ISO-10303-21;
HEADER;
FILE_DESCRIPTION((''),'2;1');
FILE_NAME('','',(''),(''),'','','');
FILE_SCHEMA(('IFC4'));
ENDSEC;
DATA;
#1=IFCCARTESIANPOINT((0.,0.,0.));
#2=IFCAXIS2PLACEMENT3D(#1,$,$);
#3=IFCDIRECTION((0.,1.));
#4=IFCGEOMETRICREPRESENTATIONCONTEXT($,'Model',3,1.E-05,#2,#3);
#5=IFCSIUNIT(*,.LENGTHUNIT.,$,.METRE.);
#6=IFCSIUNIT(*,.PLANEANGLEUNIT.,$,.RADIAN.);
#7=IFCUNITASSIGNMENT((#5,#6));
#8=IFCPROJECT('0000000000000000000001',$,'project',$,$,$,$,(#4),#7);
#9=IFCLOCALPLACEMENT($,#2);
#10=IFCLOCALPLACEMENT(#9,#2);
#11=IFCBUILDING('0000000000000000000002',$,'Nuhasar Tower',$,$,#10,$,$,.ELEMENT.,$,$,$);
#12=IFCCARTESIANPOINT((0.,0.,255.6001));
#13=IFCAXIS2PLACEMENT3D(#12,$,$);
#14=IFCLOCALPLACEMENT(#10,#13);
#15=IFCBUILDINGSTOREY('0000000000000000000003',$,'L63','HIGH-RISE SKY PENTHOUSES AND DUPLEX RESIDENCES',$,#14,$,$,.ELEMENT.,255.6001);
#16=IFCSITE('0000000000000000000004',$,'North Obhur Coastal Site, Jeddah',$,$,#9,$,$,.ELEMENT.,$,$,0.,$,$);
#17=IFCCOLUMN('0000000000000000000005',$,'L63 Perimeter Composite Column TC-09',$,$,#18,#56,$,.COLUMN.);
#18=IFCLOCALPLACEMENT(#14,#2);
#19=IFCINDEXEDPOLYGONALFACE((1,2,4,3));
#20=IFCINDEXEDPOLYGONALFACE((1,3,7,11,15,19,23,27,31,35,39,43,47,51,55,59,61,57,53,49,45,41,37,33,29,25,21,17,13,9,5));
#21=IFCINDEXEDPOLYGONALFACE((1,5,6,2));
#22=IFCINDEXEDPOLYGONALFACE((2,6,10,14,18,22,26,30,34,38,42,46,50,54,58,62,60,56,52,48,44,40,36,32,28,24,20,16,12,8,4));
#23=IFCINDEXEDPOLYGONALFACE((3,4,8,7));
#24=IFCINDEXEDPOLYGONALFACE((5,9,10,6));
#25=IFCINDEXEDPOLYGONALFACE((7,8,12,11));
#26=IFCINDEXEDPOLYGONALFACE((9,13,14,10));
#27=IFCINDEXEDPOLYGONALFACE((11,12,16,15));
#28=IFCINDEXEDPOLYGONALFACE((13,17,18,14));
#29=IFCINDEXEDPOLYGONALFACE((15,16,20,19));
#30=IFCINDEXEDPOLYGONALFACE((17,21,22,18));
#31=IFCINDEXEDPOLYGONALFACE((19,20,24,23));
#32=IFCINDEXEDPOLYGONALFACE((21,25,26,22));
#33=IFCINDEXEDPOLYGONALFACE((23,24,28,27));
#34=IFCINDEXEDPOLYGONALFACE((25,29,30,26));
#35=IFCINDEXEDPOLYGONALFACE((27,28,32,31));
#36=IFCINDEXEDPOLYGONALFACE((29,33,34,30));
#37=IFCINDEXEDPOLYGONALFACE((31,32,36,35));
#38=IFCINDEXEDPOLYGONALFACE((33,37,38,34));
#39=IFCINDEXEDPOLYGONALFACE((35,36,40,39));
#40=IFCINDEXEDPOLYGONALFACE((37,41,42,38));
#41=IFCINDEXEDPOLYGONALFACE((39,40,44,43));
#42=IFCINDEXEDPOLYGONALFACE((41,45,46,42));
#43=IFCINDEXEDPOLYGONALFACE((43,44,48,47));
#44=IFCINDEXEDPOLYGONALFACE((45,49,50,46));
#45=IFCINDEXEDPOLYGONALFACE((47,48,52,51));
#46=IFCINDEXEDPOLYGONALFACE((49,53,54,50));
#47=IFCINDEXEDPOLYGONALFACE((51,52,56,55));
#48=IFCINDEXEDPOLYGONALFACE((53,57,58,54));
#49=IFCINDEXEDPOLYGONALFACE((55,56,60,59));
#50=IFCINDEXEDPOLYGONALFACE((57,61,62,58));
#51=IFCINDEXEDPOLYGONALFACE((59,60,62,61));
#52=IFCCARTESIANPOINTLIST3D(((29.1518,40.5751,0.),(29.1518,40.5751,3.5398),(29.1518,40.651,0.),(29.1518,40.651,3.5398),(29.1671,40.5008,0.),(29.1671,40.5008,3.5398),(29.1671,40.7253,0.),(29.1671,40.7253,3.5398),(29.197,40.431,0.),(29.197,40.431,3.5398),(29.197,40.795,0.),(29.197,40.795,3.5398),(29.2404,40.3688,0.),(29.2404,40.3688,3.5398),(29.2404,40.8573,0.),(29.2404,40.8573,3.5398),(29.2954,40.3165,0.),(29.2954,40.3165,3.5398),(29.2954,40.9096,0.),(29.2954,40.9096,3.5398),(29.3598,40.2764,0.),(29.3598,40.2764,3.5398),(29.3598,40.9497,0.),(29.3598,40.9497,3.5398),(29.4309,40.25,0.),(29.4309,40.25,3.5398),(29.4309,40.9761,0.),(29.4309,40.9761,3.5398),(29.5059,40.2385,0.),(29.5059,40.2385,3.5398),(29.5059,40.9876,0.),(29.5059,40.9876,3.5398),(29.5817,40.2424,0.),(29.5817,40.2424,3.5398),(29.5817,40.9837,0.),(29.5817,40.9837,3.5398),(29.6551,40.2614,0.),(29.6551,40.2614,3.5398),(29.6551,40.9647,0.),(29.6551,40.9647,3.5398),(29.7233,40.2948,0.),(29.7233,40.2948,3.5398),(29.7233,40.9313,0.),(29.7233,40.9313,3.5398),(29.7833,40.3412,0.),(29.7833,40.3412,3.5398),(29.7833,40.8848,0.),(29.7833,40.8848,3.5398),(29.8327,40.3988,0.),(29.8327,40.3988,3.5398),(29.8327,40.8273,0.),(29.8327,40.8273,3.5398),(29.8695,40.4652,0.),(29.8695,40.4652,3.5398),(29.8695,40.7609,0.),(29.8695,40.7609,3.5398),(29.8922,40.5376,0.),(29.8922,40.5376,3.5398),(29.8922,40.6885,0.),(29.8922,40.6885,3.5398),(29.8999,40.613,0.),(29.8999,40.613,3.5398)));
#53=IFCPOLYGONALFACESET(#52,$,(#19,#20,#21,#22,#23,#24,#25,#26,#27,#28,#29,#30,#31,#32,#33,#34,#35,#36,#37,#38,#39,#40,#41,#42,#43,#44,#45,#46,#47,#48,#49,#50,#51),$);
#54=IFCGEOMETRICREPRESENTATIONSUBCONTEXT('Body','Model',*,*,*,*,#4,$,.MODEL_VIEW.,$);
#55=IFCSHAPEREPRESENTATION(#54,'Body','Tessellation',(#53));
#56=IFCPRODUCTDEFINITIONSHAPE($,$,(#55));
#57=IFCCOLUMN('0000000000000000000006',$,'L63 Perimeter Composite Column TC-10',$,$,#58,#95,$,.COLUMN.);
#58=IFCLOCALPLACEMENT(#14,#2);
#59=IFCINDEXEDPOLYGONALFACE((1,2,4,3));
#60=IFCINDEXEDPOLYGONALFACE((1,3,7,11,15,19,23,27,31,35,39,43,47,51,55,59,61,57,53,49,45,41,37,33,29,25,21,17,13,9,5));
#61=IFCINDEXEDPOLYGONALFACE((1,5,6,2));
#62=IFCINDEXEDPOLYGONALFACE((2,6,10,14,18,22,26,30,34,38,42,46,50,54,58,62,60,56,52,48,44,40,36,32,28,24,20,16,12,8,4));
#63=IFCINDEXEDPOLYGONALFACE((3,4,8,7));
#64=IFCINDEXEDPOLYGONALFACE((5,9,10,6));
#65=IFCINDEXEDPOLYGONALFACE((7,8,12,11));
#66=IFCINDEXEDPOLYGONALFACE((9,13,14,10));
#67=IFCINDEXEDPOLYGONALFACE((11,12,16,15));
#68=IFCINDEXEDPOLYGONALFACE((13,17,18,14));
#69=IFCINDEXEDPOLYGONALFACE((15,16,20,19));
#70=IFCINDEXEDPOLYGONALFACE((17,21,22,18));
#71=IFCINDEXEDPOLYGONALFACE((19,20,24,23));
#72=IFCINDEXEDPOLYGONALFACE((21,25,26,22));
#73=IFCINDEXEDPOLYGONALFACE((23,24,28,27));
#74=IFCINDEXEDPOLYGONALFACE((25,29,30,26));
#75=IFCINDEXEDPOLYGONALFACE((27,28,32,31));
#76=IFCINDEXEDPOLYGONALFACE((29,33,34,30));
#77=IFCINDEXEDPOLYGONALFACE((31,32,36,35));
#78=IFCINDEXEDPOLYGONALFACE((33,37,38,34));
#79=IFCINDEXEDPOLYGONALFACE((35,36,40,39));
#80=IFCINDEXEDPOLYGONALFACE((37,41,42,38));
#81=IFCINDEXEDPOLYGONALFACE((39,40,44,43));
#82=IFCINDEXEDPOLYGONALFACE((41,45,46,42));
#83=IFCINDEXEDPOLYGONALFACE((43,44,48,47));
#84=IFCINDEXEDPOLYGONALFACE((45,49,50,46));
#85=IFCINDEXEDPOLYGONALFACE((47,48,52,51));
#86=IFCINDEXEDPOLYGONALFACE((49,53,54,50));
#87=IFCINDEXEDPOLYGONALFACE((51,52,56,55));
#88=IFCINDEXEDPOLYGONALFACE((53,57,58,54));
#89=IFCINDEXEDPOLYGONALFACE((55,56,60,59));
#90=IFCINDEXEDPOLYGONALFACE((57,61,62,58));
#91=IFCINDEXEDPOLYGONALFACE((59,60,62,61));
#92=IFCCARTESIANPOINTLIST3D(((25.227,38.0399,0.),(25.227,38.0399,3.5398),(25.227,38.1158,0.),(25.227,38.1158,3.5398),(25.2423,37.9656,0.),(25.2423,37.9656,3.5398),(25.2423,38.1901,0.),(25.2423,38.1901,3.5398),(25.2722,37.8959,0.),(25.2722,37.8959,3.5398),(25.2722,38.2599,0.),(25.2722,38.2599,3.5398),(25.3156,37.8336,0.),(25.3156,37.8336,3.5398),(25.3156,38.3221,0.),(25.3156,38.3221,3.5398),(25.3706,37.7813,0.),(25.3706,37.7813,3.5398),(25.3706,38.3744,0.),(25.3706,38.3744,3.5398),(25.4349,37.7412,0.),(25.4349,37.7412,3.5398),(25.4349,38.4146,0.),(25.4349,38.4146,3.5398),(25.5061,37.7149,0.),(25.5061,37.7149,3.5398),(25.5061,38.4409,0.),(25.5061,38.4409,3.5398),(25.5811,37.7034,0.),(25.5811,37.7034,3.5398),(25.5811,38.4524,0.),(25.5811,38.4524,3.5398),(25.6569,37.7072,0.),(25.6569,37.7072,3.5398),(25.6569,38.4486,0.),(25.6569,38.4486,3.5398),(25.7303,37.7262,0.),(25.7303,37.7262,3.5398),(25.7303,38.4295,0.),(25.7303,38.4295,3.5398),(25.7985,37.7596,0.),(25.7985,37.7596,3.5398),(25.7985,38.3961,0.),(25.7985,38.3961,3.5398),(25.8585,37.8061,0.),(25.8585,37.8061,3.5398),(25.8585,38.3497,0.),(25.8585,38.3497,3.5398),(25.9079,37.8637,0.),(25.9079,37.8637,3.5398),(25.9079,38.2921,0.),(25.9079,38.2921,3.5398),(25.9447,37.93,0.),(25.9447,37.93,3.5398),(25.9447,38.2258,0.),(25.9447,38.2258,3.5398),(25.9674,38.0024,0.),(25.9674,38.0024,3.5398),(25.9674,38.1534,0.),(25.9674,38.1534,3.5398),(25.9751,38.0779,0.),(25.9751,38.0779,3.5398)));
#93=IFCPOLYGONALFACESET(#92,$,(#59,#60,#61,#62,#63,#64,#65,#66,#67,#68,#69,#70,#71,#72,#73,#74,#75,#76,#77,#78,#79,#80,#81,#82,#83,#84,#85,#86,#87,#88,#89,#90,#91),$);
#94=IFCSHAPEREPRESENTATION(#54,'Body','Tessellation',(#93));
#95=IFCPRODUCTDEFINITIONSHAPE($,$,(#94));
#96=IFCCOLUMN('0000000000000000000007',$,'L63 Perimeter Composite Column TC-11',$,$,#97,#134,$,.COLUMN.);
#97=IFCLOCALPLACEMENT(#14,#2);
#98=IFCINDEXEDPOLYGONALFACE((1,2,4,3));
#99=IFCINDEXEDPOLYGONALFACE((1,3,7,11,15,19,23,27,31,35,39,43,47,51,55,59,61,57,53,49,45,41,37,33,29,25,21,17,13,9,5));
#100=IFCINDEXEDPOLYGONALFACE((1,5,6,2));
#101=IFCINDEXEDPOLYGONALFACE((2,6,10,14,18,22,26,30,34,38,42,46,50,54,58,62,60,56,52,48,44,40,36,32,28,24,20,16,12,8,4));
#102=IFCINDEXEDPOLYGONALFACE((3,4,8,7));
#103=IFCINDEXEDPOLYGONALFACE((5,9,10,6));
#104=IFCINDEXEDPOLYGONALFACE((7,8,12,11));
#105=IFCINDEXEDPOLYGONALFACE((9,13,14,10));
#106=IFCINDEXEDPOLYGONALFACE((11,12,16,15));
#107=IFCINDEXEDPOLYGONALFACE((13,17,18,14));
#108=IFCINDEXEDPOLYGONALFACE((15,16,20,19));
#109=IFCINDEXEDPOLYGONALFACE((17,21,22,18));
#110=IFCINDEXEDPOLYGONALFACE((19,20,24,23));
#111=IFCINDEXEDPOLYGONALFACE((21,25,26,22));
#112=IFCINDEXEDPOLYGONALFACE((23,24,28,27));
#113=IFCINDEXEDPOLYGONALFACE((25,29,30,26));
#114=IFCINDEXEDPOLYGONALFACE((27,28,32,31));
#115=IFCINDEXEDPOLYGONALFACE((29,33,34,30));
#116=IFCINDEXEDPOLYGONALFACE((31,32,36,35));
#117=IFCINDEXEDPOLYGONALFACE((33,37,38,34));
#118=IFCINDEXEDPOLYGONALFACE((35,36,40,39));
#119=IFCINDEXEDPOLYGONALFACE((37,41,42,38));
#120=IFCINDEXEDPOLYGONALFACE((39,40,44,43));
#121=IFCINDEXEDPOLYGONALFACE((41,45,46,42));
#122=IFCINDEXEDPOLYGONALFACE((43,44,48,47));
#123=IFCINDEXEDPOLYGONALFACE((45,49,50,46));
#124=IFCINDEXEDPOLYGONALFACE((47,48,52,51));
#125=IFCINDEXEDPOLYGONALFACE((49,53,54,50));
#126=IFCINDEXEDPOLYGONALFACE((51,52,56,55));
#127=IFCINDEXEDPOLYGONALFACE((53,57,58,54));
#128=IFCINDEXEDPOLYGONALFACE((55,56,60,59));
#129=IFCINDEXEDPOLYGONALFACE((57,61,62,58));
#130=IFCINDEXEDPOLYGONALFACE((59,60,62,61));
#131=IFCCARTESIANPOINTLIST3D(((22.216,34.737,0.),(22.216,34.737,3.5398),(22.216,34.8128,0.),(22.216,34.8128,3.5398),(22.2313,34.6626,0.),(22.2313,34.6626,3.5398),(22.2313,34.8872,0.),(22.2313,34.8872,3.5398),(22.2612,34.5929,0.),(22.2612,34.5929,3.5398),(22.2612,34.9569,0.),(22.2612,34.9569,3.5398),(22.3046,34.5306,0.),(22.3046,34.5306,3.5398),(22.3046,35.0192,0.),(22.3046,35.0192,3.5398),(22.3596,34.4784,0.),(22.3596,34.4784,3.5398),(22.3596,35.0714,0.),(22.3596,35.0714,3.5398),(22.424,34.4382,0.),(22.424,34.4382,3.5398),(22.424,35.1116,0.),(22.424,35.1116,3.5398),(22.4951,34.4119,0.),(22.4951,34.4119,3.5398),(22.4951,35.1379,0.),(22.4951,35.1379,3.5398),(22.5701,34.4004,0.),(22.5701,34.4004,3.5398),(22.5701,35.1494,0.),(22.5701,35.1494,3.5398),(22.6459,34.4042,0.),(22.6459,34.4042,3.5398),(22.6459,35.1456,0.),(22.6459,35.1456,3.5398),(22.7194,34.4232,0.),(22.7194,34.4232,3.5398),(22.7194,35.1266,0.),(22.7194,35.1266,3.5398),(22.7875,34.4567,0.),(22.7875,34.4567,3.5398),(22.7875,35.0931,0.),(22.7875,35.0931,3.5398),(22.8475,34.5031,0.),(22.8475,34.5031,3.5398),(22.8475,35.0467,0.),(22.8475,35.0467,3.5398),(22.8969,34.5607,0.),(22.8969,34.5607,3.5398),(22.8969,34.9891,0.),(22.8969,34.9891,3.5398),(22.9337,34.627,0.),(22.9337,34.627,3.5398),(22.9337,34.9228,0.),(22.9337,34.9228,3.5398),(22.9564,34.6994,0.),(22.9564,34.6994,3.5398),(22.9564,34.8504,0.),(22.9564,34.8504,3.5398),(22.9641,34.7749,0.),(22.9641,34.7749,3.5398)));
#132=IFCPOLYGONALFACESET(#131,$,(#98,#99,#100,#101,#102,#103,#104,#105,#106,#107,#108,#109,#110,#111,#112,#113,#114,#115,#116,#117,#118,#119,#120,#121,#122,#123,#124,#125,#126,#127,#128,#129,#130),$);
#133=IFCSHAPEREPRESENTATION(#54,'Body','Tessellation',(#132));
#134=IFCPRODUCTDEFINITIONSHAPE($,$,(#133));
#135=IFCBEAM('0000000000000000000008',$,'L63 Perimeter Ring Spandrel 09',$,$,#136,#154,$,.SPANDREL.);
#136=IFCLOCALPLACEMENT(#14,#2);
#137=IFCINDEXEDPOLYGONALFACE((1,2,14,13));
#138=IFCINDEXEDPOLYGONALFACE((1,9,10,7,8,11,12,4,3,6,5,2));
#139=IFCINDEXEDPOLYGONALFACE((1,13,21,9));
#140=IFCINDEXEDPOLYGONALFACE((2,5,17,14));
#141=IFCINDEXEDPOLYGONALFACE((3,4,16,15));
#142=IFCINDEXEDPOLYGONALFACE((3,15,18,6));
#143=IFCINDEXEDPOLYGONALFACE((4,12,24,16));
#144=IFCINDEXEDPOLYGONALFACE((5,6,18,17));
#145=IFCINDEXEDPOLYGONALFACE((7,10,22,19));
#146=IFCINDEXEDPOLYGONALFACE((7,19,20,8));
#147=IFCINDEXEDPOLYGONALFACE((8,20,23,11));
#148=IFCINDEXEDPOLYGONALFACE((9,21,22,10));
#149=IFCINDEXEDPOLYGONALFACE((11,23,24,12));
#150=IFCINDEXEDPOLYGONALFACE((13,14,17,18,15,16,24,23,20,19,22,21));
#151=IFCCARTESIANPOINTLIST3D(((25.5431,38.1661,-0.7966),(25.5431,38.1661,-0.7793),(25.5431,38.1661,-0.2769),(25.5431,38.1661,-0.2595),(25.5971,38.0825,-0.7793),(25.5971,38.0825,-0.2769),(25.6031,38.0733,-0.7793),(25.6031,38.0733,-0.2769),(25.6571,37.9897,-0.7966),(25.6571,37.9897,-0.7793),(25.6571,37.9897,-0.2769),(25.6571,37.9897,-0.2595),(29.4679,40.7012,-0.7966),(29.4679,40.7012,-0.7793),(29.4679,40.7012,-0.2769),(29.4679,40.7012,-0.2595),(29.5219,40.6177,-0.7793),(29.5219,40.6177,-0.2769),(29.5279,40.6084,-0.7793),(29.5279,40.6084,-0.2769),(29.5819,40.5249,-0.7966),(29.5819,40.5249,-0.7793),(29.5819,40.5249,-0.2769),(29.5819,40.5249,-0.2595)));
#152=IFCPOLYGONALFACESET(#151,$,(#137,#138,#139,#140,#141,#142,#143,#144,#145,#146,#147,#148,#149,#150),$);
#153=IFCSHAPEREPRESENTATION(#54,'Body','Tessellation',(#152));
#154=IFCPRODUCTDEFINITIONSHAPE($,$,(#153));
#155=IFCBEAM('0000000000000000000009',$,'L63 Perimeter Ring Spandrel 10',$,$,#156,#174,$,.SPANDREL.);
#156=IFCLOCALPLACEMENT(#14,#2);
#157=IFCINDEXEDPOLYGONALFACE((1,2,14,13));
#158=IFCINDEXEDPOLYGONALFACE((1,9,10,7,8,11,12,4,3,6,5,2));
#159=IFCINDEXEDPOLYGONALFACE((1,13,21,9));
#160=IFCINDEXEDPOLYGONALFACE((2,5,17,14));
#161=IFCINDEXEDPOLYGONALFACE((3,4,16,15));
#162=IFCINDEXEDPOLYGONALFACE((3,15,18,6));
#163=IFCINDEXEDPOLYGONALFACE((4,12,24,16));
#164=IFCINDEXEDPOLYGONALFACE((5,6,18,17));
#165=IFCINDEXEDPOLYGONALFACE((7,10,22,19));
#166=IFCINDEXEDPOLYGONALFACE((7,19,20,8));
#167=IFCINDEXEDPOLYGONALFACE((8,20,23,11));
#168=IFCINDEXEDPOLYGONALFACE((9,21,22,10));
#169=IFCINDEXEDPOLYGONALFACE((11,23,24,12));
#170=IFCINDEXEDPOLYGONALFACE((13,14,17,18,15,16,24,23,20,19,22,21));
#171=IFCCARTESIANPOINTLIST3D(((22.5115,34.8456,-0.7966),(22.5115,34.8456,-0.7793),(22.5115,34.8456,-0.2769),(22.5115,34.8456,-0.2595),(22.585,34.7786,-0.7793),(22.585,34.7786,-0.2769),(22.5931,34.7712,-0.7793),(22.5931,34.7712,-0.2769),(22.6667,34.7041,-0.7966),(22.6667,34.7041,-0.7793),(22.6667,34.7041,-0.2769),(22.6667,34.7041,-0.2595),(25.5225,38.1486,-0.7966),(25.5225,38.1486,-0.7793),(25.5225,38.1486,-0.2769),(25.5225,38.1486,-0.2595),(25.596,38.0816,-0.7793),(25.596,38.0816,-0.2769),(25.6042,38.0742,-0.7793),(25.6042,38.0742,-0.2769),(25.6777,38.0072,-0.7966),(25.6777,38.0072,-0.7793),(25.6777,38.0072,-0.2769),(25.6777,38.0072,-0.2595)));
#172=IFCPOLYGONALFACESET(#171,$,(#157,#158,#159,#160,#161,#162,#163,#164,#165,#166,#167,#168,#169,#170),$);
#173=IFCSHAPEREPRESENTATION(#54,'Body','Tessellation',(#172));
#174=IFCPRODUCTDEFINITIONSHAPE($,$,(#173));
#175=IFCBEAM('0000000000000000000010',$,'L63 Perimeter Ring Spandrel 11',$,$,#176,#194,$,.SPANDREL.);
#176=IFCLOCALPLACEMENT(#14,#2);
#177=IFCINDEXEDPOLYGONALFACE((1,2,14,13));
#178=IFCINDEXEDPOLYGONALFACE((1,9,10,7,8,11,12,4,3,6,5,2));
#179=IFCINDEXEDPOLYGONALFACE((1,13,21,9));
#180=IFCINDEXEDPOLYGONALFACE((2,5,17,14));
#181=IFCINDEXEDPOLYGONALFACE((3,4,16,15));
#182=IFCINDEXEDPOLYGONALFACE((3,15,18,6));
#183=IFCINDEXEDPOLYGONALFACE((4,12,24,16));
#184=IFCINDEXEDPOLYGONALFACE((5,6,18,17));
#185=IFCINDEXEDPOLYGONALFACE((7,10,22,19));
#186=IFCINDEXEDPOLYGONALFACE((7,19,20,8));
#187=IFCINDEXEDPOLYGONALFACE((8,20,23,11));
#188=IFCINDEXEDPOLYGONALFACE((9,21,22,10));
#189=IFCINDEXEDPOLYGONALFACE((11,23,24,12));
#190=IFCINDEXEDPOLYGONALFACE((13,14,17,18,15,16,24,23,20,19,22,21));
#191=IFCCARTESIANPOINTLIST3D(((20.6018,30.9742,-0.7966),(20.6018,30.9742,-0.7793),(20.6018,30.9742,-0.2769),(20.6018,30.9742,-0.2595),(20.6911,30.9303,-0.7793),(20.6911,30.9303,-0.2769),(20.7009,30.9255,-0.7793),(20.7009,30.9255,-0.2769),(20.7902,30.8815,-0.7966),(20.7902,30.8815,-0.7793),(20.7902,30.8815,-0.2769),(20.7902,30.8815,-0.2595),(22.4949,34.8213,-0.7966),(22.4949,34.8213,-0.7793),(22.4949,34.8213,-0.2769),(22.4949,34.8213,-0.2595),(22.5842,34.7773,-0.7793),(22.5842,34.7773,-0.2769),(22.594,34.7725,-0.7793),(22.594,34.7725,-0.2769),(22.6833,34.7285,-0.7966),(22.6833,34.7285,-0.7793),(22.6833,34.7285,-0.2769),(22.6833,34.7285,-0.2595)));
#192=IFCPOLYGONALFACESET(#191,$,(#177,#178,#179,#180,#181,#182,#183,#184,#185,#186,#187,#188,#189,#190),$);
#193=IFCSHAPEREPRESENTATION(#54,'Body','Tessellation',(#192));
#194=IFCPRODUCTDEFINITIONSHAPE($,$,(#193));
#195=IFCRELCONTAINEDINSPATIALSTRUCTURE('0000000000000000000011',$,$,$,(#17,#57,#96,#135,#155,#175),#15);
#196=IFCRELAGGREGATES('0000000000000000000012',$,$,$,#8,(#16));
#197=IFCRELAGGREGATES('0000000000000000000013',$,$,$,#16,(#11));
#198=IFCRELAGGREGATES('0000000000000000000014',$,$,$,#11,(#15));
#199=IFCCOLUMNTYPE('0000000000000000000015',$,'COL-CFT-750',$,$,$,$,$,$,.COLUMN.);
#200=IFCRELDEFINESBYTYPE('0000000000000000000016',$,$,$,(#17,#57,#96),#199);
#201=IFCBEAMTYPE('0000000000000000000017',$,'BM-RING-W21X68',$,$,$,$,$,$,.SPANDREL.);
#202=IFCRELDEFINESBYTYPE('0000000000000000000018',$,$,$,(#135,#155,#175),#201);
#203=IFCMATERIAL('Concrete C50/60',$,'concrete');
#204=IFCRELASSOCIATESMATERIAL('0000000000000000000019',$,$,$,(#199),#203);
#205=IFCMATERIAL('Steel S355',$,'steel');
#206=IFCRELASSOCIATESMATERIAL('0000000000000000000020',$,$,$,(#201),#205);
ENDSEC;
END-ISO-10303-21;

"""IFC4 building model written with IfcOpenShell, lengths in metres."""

from ifc_helpers import new_model, si_unit, direction, frame, origin, origin_2d, place, context, subcontext, project, spatial, circle, i_section, extrude, material, material_profile, profile_set, type_object, element, save


model = new_model("IFC4")

# Units and contexts
model_context = context("Model", 3, precision=1e-05, world=origin(), true_north=direction((0.0, 1.0)))
body_context = subcontext(model_context, "Body", "Model", "MODEL_VIEW")
ifc_project = project(units=[si_unit("LENGTHUNIT", "METRE"), si_unit("PLANEANGLEUNIT", "RADIAN")], contexts=[model_context])

# Site, building, storey
site_placement = place(None, origin())
site = spatial("IfcSite", under=ifc_project, at=site_placement, Name="North Obhur Coastal Site, Jeddah", CompositionType="ELEMENT", RefElevation=0.0)
building_placement = place(site_placement, origin())
building = spatial("IfcBuilding", under=site, at=building_placement, Name="Nuhasar Tower", CompositionType="ELEMENT")
storey_placement = place(building_placement, frame((0.0, 0.0, 255.6001)))
storey = spatial("IfcBuildingStorey", under=building, at=storey_placement, Name="L63", Description="HIGH-RISE SKY PENTHOUSES AND DUPLEX RESIDENCES", CompositionType="ELEMENT", Elevation=255.6001)

# Columns
ifc_material_1 = material(Name="Concrete C50/60", Category="concrete")
ifc_material_profile_1 = material_profile(ifc_material_1, circle(Radius=0.375, at=origin_2d()), Name="CFT750")
ifc_profile_set_1 = profile_set([ifc_material_profile_1], Name="Concrete C50/60")
column_type = type_object("IfcColumnType", Name="COL-CFT-750", PredefinedType="COLUMN", material=ifc_profile_set_1)
for number, where, z_axis, x_axis, name in (
    (1, (29.5249, 40.613, 0.0), (0.0, 0.0, 1.0), (1.0, 0.0, 0.0), "L63 Perimeter Composite Column TC-09"),
    (2, (25.6001, 38.0779, 0.0), (0.0, 0.0, 1.0), (1.0, 0.0, 0.0), "L63 Perimeter Composite Column TC-10"),
    (3, (22.5891, 34.7749, 0.0), (0.0, 0.0, 1.0), (1.0, 0.0, 0.0), "L63 Perimeter Composite Column TC-11"),
):
    element("IfcColumn", number, at=place(storey_placement, frame(where, z_axis=z_axis, x_axis=x_axis)), inside=storey, type_object=column_type, Name=name, PredefinedType="COLUMN", context=body_context, shape_type="SweptSolid", body=[
        extrude(circle(Radius=0.375, at=origin_2d()), origin(), (0.0, 0.0, 1.0), 3.5398),
    ])

# Beams
ifc_material_2 = material(Name="Steel S355", Category="steel")
ifc_material_profile_2 = material_profile(ifc_material_2, i_section(OverallWidth=0.21, OverallDepth=0.5371, WebThickness=0.011, FlangeThickness=0.0173, at=origin_2d()), Name="W21X68")
ifc_profile_set_2 = profile_set([ifc_material_profile_2], Name="Steel S355")
beam_type_1 = type_object("IfcBeamType", Name="BM-RING-W21X68", PredefinedType="SPANDREL", material=ifc_profile_set_2)
beam_1_placement = place(storey_placement, frame((29.5249, 40.613, -0.5281), z_axis=(-0.840002, -0.542584, 0.0), x_axis=(0.542584, -0.840002, 0.0)))
element("IfcBeam", 4, at=beam_1_placement, inside=storey, type_object=beam_type_1, Name="L63 Perimeter Ring Spandrel 09", PredefinedType="SPANDREL", context=body_context, shape_type="SweptSolid", body=[
    extrude(i_section(OverallWidth=0.21, OverallDepth=0.5371, WebThickness=0.011, FlangeThickness=0.0173, at=origin_2d()), origin(), (0.0, 0.0, 1.0), 4.6724),
])
beam_2_placement = place(storey_placement, frame((25.6001, 38.0779, -0.5281), z_axis=(-0.673686, -0.739017, 0.0), x_axis=(0.739017, -0.673686, 0.0)))
element("IfcBeam", 5, at=beam_2_placement, inside=storey, type_object=beam_type_1, Name="L63 Perimeter Ring Spandrel 10", PredefinedType="SPANDREL", context=body_context, shape_type="SweptSolid", body=[
    extrude(i_section(OverallWidth=0.21, OverallDepth=0.5371, WebThickness=0.011, FlangeThickness=0.0173, at=origin_2d()), origin(), (0.0, 0.0, 1.0), 4.4695),
])
beam_3_placement = place(storey_placement, frame((22.5891, 34.7749, -0.5281), z_axis=(-0.441533, -0.897245, 0.0), x_axis=(0.897245, -0.441533, 0.0)))
element("IfcBeam", 6, at=beam_3_placement, inside=storey, type_object=beam_type_1, Name="L63 Perimeter Ring Spandrel 11", PredefinedType="SPANDREL", context=body_context, shape_type="SweptSolid", body=[
    extrude(i_section(OverallWidth=0.21, OverallDepth=0.5371, WebThickness=0.011, FlangeThickness=0.0173, at=origin_2d()), origin(), (0.0, 0.0, 1.0), 4.2876),
])

save(model, "model.ifc")
